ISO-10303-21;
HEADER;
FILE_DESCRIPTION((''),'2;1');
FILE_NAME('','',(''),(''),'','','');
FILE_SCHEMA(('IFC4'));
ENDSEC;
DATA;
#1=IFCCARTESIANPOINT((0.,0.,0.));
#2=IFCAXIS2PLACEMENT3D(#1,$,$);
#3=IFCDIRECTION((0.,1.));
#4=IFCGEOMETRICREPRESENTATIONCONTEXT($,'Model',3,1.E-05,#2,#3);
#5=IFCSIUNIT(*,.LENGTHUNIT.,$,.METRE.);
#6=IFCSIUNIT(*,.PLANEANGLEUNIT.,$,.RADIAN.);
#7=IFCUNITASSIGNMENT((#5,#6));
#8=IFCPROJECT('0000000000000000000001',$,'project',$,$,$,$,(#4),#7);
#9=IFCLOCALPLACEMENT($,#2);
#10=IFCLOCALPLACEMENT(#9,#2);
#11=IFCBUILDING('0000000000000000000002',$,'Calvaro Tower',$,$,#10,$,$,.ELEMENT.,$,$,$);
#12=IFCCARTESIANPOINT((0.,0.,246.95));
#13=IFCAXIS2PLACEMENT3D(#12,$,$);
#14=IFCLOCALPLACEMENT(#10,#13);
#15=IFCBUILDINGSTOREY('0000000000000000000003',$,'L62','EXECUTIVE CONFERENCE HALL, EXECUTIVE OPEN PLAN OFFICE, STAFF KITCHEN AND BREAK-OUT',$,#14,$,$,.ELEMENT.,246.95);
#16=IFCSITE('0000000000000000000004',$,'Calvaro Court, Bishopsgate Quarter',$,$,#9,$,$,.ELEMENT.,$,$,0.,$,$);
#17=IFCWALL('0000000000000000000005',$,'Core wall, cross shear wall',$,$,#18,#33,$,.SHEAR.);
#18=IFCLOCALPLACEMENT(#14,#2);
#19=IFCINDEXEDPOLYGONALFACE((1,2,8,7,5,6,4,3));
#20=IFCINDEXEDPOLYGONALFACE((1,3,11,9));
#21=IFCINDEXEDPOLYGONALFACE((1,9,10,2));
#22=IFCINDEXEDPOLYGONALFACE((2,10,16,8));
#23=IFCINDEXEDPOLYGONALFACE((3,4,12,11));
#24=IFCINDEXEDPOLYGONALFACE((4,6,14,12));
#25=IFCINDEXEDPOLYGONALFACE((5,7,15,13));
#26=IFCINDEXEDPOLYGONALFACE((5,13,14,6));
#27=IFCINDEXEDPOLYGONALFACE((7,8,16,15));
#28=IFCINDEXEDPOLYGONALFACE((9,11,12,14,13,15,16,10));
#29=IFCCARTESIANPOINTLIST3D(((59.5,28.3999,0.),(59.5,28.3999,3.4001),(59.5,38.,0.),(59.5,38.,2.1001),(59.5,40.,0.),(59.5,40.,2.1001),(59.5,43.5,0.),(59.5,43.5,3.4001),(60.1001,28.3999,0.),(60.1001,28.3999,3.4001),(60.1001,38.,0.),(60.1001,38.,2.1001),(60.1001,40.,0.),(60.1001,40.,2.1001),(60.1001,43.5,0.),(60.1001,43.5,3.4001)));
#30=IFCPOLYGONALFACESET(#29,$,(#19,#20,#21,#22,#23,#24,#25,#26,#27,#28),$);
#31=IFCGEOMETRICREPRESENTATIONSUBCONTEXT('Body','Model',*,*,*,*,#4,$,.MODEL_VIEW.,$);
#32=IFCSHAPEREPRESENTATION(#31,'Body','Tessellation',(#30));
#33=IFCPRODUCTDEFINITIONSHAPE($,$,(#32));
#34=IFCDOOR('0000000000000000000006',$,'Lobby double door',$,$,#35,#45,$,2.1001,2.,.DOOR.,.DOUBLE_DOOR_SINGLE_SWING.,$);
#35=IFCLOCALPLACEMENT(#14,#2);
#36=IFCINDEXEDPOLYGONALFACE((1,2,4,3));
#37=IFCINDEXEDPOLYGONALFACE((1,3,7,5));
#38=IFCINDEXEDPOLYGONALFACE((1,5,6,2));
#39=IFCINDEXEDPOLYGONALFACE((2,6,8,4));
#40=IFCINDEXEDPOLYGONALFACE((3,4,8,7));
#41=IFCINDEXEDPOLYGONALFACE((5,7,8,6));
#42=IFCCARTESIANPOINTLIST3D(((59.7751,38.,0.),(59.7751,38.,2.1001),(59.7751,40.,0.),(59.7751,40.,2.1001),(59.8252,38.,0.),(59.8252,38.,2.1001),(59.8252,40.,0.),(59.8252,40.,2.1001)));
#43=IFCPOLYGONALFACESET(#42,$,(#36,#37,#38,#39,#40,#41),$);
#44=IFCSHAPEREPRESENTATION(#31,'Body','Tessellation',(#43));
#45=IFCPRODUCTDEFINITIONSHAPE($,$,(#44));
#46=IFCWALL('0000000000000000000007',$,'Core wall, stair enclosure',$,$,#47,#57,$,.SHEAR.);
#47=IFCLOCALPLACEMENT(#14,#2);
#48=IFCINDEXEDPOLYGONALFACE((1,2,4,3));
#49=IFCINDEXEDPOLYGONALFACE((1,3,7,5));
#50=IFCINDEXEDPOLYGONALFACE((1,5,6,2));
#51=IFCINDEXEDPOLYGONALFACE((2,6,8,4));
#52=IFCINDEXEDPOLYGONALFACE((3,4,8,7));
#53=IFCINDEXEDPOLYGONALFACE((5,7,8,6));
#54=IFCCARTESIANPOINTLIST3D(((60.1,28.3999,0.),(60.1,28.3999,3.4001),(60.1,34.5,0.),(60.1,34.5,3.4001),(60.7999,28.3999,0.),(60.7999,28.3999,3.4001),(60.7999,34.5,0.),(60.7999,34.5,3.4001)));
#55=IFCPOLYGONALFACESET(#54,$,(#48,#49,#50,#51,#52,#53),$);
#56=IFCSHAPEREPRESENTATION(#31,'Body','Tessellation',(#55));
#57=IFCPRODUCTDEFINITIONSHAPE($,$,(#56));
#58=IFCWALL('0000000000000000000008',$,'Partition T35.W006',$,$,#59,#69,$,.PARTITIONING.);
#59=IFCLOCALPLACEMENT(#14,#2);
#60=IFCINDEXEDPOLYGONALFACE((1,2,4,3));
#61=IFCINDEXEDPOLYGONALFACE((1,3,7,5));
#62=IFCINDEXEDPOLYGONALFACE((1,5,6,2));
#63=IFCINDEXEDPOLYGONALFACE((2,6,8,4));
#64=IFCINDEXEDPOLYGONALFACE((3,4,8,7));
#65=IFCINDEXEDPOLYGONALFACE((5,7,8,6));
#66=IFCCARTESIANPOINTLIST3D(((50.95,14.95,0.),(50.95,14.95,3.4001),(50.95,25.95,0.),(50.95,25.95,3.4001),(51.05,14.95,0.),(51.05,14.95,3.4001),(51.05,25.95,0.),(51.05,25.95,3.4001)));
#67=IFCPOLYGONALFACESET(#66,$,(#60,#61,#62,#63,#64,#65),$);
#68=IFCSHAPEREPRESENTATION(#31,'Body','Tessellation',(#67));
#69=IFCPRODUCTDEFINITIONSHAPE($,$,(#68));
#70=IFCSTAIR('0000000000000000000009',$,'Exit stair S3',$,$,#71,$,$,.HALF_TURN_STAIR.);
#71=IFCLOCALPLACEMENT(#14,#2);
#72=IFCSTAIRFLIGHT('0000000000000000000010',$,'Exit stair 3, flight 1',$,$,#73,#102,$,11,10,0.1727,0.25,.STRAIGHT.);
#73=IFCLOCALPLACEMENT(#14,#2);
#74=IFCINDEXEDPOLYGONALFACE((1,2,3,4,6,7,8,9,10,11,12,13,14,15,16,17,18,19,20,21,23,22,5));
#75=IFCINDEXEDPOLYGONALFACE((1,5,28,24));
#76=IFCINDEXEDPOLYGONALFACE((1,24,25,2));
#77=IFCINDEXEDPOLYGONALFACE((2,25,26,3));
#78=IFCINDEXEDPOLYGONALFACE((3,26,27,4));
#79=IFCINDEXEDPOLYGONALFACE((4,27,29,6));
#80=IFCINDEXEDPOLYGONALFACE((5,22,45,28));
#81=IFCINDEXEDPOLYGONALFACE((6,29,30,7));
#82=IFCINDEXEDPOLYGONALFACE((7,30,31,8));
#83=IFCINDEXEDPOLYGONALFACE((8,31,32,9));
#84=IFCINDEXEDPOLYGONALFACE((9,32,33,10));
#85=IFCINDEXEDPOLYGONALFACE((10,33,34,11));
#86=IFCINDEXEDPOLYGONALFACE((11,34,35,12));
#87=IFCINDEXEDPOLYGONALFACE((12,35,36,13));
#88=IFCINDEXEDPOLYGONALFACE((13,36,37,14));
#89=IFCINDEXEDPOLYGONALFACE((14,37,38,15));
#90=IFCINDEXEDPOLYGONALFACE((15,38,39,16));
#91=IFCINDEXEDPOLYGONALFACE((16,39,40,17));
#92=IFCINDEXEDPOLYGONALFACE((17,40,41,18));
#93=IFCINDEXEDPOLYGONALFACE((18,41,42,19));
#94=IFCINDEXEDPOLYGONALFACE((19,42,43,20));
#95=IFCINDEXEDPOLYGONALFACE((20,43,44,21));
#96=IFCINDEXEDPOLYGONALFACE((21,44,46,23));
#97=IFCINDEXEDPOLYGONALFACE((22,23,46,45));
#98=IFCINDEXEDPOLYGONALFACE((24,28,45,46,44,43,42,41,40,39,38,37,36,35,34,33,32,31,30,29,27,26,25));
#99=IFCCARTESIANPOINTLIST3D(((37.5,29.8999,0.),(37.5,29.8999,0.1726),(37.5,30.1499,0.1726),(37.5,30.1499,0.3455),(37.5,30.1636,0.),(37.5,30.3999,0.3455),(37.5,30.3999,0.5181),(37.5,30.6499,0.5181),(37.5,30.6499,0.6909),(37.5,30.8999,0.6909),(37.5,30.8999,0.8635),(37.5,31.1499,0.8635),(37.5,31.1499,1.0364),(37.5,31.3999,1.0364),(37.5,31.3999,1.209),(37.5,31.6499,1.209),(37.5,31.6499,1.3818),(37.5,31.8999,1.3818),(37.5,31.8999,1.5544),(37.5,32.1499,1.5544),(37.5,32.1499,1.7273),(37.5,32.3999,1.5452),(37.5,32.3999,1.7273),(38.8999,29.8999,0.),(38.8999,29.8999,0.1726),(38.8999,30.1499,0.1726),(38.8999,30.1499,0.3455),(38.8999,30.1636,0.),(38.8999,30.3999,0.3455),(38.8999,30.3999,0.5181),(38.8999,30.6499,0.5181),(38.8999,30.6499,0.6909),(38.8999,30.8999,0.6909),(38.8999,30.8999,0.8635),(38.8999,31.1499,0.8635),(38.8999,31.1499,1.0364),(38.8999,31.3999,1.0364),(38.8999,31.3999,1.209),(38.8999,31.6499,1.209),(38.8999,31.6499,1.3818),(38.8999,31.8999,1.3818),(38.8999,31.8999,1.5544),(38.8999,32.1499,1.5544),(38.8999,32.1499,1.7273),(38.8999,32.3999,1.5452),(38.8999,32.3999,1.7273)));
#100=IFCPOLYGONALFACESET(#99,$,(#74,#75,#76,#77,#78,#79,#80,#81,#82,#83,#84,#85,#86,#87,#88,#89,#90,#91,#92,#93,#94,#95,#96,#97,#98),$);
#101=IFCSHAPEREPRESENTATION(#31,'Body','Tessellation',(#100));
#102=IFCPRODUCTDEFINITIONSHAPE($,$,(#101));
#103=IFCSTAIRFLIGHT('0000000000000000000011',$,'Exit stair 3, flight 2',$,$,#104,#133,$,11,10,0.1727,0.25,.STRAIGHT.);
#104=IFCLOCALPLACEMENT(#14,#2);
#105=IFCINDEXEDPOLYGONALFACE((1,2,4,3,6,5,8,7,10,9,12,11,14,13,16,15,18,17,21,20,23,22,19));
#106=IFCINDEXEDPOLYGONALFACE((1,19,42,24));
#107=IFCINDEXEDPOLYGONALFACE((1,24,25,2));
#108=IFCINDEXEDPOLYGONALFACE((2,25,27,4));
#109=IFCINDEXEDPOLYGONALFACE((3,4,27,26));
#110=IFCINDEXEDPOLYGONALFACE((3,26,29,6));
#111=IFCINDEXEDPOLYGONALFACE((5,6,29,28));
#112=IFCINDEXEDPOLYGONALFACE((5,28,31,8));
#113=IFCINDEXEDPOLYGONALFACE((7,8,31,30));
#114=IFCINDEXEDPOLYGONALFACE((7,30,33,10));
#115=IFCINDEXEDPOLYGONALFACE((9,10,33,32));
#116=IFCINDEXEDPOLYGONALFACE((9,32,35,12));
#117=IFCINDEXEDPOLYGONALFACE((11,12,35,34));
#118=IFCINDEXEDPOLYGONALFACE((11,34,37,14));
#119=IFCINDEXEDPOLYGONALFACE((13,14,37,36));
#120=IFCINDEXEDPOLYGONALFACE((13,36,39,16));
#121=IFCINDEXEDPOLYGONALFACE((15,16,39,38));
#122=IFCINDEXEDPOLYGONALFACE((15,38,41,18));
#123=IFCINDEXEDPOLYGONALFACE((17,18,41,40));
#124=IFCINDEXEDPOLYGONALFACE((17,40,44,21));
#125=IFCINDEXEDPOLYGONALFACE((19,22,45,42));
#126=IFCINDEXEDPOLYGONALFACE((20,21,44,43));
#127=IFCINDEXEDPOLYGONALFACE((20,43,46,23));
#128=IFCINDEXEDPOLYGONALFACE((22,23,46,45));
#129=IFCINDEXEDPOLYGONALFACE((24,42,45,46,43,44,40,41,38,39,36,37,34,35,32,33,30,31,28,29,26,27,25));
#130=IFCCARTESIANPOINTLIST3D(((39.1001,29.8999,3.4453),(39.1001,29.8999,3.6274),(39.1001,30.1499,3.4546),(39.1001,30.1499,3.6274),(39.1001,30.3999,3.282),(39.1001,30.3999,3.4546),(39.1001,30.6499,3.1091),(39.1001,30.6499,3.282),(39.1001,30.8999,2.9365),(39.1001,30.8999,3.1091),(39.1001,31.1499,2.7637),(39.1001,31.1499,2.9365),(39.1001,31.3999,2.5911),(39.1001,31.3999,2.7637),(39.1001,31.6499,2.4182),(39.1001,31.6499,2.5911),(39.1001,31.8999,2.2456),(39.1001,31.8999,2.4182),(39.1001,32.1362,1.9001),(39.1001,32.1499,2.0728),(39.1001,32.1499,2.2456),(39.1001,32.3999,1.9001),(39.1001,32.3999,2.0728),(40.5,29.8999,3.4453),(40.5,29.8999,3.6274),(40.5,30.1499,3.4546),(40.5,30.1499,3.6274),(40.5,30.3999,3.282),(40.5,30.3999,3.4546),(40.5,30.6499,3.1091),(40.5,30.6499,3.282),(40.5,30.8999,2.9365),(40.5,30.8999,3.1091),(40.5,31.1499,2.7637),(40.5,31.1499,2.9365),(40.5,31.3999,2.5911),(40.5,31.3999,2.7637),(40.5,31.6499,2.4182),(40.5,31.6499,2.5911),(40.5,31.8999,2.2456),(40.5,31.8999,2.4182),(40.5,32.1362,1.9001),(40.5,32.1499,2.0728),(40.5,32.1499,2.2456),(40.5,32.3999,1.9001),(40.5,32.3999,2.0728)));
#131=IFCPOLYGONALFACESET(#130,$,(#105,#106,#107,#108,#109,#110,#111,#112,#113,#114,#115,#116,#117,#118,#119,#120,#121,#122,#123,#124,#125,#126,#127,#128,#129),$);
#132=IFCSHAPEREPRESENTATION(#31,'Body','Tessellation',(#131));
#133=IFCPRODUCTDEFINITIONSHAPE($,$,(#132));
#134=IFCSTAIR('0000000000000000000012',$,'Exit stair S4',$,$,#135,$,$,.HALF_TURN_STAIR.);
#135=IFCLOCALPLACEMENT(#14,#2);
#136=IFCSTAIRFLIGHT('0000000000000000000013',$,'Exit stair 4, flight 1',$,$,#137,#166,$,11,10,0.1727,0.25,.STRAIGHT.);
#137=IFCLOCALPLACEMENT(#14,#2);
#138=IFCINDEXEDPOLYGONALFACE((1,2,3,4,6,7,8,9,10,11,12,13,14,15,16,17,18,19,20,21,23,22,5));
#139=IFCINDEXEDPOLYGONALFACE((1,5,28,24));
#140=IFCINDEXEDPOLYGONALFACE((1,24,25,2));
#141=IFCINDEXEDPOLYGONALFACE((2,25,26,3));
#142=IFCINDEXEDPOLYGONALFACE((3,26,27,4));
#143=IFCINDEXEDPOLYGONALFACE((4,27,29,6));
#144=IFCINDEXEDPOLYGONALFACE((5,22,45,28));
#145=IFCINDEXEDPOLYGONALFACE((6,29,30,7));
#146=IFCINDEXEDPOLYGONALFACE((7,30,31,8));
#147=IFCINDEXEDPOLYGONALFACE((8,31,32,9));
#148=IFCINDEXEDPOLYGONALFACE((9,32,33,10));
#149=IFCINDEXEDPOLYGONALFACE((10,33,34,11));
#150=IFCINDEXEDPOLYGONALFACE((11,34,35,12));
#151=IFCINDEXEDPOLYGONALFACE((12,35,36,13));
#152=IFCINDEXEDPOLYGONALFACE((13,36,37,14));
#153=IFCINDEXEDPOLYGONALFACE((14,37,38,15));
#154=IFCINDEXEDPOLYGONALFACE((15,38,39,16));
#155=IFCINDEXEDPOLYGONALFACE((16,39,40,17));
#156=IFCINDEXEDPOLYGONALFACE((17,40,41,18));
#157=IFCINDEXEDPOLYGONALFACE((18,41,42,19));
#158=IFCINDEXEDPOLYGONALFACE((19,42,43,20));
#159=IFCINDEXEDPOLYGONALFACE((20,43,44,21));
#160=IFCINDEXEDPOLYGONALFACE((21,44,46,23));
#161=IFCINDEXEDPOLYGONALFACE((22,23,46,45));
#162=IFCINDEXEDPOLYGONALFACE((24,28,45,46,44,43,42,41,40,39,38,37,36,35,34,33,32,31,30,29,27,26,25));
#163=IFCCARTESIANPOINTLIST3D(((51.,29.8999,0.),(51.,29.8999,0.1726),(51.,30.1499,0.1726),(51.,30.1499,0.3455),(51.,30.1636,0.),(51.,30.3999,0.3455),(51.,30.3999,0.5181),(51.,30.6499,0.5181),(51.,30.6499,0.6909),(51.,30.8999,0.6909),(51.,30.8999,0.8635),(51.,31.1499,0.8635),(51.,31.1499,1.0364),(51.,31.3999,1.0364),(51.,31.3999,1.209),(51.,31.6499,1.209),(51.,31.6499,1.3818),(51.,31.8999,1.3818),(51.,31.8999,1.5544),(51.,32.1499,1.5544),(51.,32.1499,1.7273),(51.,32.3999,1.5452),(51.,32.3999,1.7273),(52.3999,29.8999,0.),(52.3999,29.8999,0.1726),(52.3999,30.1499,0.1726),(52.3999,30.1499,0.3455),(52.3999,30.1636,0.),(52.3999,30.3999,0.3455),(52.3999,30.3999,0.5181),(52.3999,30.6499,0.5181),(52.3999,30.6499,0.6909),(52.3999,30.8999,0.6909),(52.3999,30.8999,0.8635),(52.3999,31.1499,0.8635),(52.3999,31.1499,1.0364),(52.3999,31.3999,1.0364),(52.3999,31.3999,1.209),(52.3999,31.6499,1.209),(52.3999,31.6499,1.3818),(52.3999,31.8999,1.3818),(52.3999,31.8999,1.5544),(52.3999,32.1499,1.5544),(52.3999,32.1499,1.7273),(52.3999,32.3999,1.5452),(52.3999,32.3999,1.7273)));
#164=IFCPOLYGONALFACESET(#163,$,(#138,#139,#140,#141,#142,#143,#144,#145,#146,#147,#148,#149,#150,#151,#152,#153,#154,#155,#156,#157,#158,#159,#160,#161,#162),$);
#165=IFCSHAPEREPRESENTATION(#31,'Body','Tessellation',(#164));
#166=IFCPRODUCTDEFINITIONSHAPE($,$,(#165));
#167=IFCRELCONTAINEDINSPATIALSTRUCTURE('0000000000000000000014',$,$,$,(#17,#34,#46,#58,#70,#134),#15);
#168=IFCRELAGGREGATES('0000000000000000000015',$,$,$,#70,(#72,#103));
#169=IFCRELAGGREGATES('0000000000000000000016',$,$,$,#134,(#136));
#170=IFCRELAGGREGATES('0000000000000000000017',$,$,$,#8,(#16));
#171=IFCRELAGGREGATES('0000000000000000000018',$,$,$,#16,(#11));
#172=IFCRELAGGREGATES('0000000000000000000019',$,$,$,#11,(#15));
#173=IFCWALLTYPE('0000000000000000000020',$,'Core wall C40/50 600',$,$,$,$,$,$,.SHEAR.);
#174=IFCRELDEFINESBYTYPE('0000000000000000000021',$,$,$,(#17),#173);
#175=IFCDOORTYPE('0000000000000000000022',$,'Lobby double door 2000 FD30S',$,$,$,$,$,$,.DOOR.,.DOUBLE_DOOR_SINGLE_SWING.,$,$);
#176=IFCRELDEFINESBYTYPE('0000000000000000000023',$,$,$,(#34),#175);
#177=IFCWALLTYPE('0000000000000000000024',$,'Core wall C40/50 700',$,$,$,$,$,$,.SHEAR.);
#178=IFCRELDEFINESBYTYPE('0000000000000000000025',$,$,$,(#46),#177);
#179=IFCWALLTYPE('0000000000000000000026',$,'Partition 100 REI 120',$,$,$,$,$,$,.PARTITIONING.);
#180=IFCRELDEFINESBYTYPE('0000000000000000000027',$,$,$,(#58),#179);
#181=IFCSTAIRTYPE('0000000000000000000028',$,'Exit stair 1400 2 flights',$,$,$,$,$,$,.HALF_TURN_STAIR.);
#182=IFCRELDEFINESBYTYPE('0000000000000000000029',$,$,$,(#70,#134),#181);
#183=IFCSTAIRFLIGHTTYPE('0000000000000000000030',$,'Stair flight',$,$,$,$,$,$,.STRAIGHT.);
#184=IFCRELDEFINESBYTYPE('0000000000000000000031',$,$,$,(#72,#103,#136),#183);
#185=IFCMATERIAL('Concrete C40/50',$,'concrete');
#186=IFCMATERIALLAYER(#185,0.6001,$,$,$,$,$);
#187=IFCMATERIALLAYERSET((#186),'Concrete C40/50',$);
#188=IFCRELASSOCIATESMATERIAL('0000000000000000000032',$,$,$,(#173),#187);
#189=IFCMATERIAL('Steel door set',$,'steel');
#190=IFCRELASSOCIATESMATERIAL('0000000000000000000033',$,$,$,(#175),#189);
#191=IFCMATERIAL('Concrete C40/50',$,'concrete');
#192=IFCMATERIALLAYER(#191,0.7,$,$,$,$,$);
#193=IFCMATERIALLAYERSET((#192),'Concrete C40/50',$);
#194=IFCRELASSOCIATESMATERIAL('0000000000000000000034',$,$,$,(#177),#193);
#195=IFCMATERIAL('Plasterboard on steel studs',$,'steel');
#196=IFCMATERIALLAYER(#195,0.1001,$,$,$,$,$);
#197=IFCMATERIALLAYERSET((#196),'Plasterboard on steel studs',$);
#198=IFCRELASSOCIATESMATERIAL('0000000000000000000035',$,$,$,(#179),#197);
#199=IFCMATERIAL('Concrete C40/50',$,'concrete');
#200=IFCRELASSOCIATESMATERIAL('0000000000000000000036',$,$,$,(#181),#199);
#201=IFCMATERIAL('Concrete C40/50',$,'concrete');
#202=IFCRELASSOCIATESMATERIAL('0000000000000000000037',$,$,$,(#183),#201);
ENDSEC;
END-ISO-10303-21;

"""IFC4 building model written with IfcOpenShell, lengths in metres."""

from ifc_helpers import new_model, si_unit, direction, frame, frame_2d, origin, place, context, subcontext, project, spatial, polyline, rectangle, outline, extrude, material, layer, layer_set, type_object, element, fill, aggregate, save


model = new_model("IFC4")

# Units and contexts
model_context = context("Model", 3, precision=1e-05, world=origin(), true_north=direction((0.0, 1.0)))
body_context = subcontext(model_context, "Body", "Model", "MODEL_VIEW")
ifc_project = project(units=[si_unit("LENGTHUNIT", "METRE"), si_unit("PLANEANGLEUNIT", "RADIAN")], contexts=[model_context])

# Site, building, storey
site_placement = place(None, origin())
site = spatial("IfcSite", under=ifc_project, at=site_placement, Name="Calvaro Court, Bishopsgate Quarter", CompositionType="ELEMENT", RefElevation=0.0)
building_placement = place(site_placement, origin())
building = spatial("IfcBuilding", under=site, at=building_placement, Name="Calvaro Tower", CompositionType="ELEMENT")
storey_placement = place(building_placement, frame((0.0, 0.0, 246.95)))
storey = spatial("IfcBuildingStorey", under=building, at=storey_placement, Name="L62", Description="EXECUTIVE CONFERENCE HALL, EXECUTIVE OPEN PLAN OFFICE, STAFF KITCHEN AND BREAK-OUT", CompositionType="ELEMENT", Elevation=246.95)

# Wall, opening, door
ifc_material_1 = material(Name="Concrete C40/50", Category="concrete")
ifc_layer_1 = layer(ifc_material_1, 0.6001)
ifc_layer_set_1 = layer_set([ifc_layer_1], Name="Concrete C40/50")
wall_type_1 = type_object("IfcWallType", Name="Core wall C40/50 600", PredefinedType="SHEAR", material=ifc_layer_set_1)
wall_1_placement = place(storey_placement, frame((59.8, 28.3999, 0.0), z_axis=(0.0, 0.0, 1.0), x_axis=(0.0, 1.0, 0.0)))
wall_1 = element("IfcWall", 1, at=wall_1_placement, inside=storey, type_object=wall_type_1, Name="Core wall, cross shear wall", PredefinedType="SHEAR", context=body_context, shape_type="SweptSolid", body=[
    extrude(rectangle(XDim=15.1001, YDim=0.6001, at=frame_2d((7.55, 0.0))), origin(), (0.0, 0.0, 1.0), 3.4001),
])
opening_placement = place(wall_1_placement, frame((9.6001, 0.0, 0.0)))
opening = element("IfcOpeningElement", 2, at=opening_placement, cuts=wall_1, PredefinedType="OPENING", context=body_context, shape_type="SweptSolid", body=[
    extrude(rectangle(XDim=2.0, YDim=2.1001, at=frame_2d((1.0, 1.05))), frame((0.0, 0.3101, 0.0), z_axis=(0.0, -1.0, 0.0), x_axis=(1.0, 0.0, 0.0)), (0.0, 0.0, 1.0), 0.6201),
])
ifc_material_2 = material(Name="Steel door set", Category="steel")
door_type = type_object("IfcDoorType", Name="Lobby double door 2000 FD30S", OperationType="DOUBLE_DOOR_SINGLE_SWING", PredefinedType="DOOR", material=ifc_material_2)
door_placement = place(opening_placement, origin())
door = element("IfcDoor", 3, at=door_placement, inside=storey, type_object=door_type, Name="Lobby double door", OperationType="DOUBLE_DOOR_SINGLE_SWING", OverallHeight=2.1001, OverallWidth=2.0, PredefinedType="DOOR", context=body_context, shape_type="SweptSolid", body=[
    extrude(rectangle(XDim=2.0, YDim=2.1001, at=frame_2d((1.0, 1.05))), frame((0.0, 0.0249, 0.0), z_axis=(0.0, -1.0, 0.0), x_axis=(1.0, 0.0, 0.0)), (0.0, 0.0, 1.0), 0.05),
])
fill(opening, door)

# Walls
ifc_material_3 = material(Name="Concrete C40/50", Category="concrete")
ifc_layer_2 = layer(ifc_material_3, 0.7)
ifc_layer_set_2 = layer_set([ifc_layer_2], Name="Concrete C40/50")
wall_type_2 = type_object("IfcWallType", Name="Core wall C40/50 700", PredefinedType="SHEAR", material=ifc_layer_set_2)
wall_2_placement = place(storey_placement, frame((60.45, 28.3999, 0.0), z_axis=(0.0, 0.0, 1.0), x_axis=(0.0, 1.0, 0.0)))
element("IfcWall", 4, at=wall_2_placement, inside=storey, type_object=wall_type_2, Name="Core wall, stair enclosure", PredefinedType="SHEAR", context=body_context, shape_type="SweptSolid", body=[
    extrude(rectangle(XDim=6.1001, YDim=0.7, at=frame_2d((3.05, 0.0))), origin(), (0.0, 0.0, 1.0), 3.4001),
])
ifc_material_4 = material(Name="Plasterboard on steel studs", Category="steel")
ifc_layer_3 = layer(ifc_material_4, 0.1001)
ifc_layer_set_3 = layer_set([ifc_layer_3], Name="Plasterboard on steel studs")
wall_type_3 = type_object("IfcWallType", Name="Partition 100 REI 120", PredefinedType="PARTITIONING", material=ifc_layer_set_3)
wall_3_placement = place(storey_placement, frame((51.0, 14.95, 0.0), z_axis=(0.0, 0.0, 1.0), x_axis=(0.0, 1.0, 0.0)))
element("IfcWall", 5, at=wall_3_placement, inside=storey, type_object=wall_type_3, Name="Partition T35.W006", PredefinedType="PARTITIONING", context=body_context, shape_type="SweptSolid", body=[
    extrude(rectangle(XDim=11.0, YDim=0.1001, at=frame_2d((5.5, 0.0))), origin(), (0.0, 0.0, 1.0), 3.4001),
])

# Stairs, stair flights
ifc_material_5 = material(Name="Concrete C40/50", Category="concrete")
stair_type = type_object("IfcStairType", Name="Exit stair 1400 2 flights", PredefinedType="HALF_TURN_STAIR", material=ifc_material_5)
stair_1_placement = place(storey_placement, origin())
stair_1 = element("IfcStair", 6, at=stair_1_placement, inside=storey, type_object=stair_type, Name="Exit stair S3", PredefinedType="HALF_TURN_STAIR")
ifc_material_6 = material(Name="Concrete C40/50", Category="concrete")
stair_flight_type = type_object("IfcStairFlightType", Name="Stair flight", PredefinedType="STRAIGHT", material=ifc_material_6)
stair_flight_1_placement = place(storey_placement, frame((38.2, 29.8999, 0.0), z_axis=(0.0, 0.0, 1.0), x_axis=(0.0, 1.0, 0.0)))
stair_flight_1 = element("IfcStairFlight", 7, at=stair_flight_1_placement, type_object=stair_flight_type, Name="Exit stair 3, flight 1", NumberOfRisers=11, NumberOfTreads=10, PredefinedType="STRAIGHT", RiserHeight=0.1727, TreadLength=0.25, context=body_context, shape_type="SweptSolid", body=[
    extrude(outline(polyline([(0.0, 0.0), (0.0, 0.1726), (0.25, 0.1726), (0.25, 0.3455), (0.5, 0.3455), (0.5, 0.5181), (0.75, 0.5181), (0.75, 0.6909), (1.0, 0.6909), (1.0, 0.8635), (1.25, 0.8635), (1.25, 1.0364), (1.5, 1.0364), (1.5, 1.209), (1.75, 1.209), (1.75, 1.3818), (2.0, 1.3818), (2.0, 1.5544), (2.25, 1.5544), (2.25, 1.7273), (2.5, 1.7273), (2.5, 1.8999), (2.5, 1.5452), (0.2637, 0.0), (0.0, 0.0)])), frame((0.0, 0.7, 0.0), z_axis=(0.0, -1.0, 0.0), x_axis=(1.0, 0.0, 0.0)), (0.0, 0.0, 1.0), 1.3999),
])
stair_flight_2_placement = place(storey_placement, frame((39.8, 32.3999, 1.9001), z_axis=(0.0, 0.0, 1.0), x_axis=(0.0, -1.0, 0.0)))
stair_flight_2 = element("IfcStairFlight", 8, at=stair_flight_2_placement, type_object=stair_flight_type, Name="Exit stair 3, flight 2", NumberOfRisers=11, NumberOfTreads=10, PredefinedType="STRAIGHT", RiserHeight=0.1727, TreadLength=0.25, context=body_context, shape_type="SweptSolid", body=[
    extrude(outline(polyline([(0.0, 0.0), (0.0, 0.1726), (0.25, 0.1726), (0.25, 0.3455), (0.5, 0.3455), (0.5, 0.5181), (0.75, 0.5181), (0.75, 0.6909), (1.0, 0.6909), (1.0, 0.8635), (1.25, 0.8635), (1.25, 1.0364), (1.5, 1.0364), (1.5, 1.209), (1.75, 1.209), (1.75, 1.3818), (2.0, 1.3818), (2.0, 1.5544), (2.25, 1.5544), (2.25, 1.7273), (2.5, 1.7273), (2.5, 1.8999), (2.5, 1.5452), (0.2637, 0.0), (0.0, 0.0)])), frame((0.0, 0.7, 0.0), z_axis=(0.0, -1.0, 0.0), x_axis=(1.0, 0.0, 0.0)), (0.0, 0.0, 1.0), 1.3999),
])
stair_2_placement = place(storey_placement, origin())
stair_2 = element("IfcStair", 9, at=stair_2_placement, inside=storey, type_object=stair_type, Name="Exit stair S4", PredefinedType="HALF_TURN_STAIR")
stair_flight_3_placement = place(storey_placement, frame((51.7, 29.8999, 0.0), z_axis=(0.0, 0.0, 1.0), x_axis=(0.0, 1.0, 0.0)))
stair_flight_3 = element("IfcStairFlight", 10, at=stair_flight_3_placement, type_object=stair_flight_type, Name="Exit stair 4, flight 1", NumberOfRisers=11, NumberOfTreads=10, PredefinedType="STRAIGHT", RiserHeight=0.1727, TreadLength=0.25, context=body_context, shape_type="SweptSolid", body=[
    extrude(outline(polyline([(0.0, 0.0), (0.0, 0.1726), (0.25, 0.1726), (0.25, 0.3455), (0.5, 0.3455), (0.5, 0.5181), (0.75, 0.5181), (0.75, 0.6909), (1.0, 0.6909), (1.0, 0.8635), (1.25, 0.8635), (1.25, 1.0364), (1.5, 1.0364), (1.5, 1.209), (1.75, 1.209), (1.75, 1.3818), (2.0, 1.3818), (2.0, 1.5544), (2.25, 1.5544), (2.25, 1.7273), (2.5, 1.7273), (2.5, 1.8999), (2.5, 1.5452), (0.2637, 0.0), (0.0, 0.0)])), frame((0.0, 0.7, 0.0), z_axis=(0.0, -1.0, 0.0), x_axis=(1.0, 0.0, 0.0)), (0.0, 0.0, 1.0), 1.3999),
])

aggregate(stair_1, [stair_flight_1, stair_flight_2])
aggregate(stair_2, [stair_flight_3])

save(model, "model.ifc")
